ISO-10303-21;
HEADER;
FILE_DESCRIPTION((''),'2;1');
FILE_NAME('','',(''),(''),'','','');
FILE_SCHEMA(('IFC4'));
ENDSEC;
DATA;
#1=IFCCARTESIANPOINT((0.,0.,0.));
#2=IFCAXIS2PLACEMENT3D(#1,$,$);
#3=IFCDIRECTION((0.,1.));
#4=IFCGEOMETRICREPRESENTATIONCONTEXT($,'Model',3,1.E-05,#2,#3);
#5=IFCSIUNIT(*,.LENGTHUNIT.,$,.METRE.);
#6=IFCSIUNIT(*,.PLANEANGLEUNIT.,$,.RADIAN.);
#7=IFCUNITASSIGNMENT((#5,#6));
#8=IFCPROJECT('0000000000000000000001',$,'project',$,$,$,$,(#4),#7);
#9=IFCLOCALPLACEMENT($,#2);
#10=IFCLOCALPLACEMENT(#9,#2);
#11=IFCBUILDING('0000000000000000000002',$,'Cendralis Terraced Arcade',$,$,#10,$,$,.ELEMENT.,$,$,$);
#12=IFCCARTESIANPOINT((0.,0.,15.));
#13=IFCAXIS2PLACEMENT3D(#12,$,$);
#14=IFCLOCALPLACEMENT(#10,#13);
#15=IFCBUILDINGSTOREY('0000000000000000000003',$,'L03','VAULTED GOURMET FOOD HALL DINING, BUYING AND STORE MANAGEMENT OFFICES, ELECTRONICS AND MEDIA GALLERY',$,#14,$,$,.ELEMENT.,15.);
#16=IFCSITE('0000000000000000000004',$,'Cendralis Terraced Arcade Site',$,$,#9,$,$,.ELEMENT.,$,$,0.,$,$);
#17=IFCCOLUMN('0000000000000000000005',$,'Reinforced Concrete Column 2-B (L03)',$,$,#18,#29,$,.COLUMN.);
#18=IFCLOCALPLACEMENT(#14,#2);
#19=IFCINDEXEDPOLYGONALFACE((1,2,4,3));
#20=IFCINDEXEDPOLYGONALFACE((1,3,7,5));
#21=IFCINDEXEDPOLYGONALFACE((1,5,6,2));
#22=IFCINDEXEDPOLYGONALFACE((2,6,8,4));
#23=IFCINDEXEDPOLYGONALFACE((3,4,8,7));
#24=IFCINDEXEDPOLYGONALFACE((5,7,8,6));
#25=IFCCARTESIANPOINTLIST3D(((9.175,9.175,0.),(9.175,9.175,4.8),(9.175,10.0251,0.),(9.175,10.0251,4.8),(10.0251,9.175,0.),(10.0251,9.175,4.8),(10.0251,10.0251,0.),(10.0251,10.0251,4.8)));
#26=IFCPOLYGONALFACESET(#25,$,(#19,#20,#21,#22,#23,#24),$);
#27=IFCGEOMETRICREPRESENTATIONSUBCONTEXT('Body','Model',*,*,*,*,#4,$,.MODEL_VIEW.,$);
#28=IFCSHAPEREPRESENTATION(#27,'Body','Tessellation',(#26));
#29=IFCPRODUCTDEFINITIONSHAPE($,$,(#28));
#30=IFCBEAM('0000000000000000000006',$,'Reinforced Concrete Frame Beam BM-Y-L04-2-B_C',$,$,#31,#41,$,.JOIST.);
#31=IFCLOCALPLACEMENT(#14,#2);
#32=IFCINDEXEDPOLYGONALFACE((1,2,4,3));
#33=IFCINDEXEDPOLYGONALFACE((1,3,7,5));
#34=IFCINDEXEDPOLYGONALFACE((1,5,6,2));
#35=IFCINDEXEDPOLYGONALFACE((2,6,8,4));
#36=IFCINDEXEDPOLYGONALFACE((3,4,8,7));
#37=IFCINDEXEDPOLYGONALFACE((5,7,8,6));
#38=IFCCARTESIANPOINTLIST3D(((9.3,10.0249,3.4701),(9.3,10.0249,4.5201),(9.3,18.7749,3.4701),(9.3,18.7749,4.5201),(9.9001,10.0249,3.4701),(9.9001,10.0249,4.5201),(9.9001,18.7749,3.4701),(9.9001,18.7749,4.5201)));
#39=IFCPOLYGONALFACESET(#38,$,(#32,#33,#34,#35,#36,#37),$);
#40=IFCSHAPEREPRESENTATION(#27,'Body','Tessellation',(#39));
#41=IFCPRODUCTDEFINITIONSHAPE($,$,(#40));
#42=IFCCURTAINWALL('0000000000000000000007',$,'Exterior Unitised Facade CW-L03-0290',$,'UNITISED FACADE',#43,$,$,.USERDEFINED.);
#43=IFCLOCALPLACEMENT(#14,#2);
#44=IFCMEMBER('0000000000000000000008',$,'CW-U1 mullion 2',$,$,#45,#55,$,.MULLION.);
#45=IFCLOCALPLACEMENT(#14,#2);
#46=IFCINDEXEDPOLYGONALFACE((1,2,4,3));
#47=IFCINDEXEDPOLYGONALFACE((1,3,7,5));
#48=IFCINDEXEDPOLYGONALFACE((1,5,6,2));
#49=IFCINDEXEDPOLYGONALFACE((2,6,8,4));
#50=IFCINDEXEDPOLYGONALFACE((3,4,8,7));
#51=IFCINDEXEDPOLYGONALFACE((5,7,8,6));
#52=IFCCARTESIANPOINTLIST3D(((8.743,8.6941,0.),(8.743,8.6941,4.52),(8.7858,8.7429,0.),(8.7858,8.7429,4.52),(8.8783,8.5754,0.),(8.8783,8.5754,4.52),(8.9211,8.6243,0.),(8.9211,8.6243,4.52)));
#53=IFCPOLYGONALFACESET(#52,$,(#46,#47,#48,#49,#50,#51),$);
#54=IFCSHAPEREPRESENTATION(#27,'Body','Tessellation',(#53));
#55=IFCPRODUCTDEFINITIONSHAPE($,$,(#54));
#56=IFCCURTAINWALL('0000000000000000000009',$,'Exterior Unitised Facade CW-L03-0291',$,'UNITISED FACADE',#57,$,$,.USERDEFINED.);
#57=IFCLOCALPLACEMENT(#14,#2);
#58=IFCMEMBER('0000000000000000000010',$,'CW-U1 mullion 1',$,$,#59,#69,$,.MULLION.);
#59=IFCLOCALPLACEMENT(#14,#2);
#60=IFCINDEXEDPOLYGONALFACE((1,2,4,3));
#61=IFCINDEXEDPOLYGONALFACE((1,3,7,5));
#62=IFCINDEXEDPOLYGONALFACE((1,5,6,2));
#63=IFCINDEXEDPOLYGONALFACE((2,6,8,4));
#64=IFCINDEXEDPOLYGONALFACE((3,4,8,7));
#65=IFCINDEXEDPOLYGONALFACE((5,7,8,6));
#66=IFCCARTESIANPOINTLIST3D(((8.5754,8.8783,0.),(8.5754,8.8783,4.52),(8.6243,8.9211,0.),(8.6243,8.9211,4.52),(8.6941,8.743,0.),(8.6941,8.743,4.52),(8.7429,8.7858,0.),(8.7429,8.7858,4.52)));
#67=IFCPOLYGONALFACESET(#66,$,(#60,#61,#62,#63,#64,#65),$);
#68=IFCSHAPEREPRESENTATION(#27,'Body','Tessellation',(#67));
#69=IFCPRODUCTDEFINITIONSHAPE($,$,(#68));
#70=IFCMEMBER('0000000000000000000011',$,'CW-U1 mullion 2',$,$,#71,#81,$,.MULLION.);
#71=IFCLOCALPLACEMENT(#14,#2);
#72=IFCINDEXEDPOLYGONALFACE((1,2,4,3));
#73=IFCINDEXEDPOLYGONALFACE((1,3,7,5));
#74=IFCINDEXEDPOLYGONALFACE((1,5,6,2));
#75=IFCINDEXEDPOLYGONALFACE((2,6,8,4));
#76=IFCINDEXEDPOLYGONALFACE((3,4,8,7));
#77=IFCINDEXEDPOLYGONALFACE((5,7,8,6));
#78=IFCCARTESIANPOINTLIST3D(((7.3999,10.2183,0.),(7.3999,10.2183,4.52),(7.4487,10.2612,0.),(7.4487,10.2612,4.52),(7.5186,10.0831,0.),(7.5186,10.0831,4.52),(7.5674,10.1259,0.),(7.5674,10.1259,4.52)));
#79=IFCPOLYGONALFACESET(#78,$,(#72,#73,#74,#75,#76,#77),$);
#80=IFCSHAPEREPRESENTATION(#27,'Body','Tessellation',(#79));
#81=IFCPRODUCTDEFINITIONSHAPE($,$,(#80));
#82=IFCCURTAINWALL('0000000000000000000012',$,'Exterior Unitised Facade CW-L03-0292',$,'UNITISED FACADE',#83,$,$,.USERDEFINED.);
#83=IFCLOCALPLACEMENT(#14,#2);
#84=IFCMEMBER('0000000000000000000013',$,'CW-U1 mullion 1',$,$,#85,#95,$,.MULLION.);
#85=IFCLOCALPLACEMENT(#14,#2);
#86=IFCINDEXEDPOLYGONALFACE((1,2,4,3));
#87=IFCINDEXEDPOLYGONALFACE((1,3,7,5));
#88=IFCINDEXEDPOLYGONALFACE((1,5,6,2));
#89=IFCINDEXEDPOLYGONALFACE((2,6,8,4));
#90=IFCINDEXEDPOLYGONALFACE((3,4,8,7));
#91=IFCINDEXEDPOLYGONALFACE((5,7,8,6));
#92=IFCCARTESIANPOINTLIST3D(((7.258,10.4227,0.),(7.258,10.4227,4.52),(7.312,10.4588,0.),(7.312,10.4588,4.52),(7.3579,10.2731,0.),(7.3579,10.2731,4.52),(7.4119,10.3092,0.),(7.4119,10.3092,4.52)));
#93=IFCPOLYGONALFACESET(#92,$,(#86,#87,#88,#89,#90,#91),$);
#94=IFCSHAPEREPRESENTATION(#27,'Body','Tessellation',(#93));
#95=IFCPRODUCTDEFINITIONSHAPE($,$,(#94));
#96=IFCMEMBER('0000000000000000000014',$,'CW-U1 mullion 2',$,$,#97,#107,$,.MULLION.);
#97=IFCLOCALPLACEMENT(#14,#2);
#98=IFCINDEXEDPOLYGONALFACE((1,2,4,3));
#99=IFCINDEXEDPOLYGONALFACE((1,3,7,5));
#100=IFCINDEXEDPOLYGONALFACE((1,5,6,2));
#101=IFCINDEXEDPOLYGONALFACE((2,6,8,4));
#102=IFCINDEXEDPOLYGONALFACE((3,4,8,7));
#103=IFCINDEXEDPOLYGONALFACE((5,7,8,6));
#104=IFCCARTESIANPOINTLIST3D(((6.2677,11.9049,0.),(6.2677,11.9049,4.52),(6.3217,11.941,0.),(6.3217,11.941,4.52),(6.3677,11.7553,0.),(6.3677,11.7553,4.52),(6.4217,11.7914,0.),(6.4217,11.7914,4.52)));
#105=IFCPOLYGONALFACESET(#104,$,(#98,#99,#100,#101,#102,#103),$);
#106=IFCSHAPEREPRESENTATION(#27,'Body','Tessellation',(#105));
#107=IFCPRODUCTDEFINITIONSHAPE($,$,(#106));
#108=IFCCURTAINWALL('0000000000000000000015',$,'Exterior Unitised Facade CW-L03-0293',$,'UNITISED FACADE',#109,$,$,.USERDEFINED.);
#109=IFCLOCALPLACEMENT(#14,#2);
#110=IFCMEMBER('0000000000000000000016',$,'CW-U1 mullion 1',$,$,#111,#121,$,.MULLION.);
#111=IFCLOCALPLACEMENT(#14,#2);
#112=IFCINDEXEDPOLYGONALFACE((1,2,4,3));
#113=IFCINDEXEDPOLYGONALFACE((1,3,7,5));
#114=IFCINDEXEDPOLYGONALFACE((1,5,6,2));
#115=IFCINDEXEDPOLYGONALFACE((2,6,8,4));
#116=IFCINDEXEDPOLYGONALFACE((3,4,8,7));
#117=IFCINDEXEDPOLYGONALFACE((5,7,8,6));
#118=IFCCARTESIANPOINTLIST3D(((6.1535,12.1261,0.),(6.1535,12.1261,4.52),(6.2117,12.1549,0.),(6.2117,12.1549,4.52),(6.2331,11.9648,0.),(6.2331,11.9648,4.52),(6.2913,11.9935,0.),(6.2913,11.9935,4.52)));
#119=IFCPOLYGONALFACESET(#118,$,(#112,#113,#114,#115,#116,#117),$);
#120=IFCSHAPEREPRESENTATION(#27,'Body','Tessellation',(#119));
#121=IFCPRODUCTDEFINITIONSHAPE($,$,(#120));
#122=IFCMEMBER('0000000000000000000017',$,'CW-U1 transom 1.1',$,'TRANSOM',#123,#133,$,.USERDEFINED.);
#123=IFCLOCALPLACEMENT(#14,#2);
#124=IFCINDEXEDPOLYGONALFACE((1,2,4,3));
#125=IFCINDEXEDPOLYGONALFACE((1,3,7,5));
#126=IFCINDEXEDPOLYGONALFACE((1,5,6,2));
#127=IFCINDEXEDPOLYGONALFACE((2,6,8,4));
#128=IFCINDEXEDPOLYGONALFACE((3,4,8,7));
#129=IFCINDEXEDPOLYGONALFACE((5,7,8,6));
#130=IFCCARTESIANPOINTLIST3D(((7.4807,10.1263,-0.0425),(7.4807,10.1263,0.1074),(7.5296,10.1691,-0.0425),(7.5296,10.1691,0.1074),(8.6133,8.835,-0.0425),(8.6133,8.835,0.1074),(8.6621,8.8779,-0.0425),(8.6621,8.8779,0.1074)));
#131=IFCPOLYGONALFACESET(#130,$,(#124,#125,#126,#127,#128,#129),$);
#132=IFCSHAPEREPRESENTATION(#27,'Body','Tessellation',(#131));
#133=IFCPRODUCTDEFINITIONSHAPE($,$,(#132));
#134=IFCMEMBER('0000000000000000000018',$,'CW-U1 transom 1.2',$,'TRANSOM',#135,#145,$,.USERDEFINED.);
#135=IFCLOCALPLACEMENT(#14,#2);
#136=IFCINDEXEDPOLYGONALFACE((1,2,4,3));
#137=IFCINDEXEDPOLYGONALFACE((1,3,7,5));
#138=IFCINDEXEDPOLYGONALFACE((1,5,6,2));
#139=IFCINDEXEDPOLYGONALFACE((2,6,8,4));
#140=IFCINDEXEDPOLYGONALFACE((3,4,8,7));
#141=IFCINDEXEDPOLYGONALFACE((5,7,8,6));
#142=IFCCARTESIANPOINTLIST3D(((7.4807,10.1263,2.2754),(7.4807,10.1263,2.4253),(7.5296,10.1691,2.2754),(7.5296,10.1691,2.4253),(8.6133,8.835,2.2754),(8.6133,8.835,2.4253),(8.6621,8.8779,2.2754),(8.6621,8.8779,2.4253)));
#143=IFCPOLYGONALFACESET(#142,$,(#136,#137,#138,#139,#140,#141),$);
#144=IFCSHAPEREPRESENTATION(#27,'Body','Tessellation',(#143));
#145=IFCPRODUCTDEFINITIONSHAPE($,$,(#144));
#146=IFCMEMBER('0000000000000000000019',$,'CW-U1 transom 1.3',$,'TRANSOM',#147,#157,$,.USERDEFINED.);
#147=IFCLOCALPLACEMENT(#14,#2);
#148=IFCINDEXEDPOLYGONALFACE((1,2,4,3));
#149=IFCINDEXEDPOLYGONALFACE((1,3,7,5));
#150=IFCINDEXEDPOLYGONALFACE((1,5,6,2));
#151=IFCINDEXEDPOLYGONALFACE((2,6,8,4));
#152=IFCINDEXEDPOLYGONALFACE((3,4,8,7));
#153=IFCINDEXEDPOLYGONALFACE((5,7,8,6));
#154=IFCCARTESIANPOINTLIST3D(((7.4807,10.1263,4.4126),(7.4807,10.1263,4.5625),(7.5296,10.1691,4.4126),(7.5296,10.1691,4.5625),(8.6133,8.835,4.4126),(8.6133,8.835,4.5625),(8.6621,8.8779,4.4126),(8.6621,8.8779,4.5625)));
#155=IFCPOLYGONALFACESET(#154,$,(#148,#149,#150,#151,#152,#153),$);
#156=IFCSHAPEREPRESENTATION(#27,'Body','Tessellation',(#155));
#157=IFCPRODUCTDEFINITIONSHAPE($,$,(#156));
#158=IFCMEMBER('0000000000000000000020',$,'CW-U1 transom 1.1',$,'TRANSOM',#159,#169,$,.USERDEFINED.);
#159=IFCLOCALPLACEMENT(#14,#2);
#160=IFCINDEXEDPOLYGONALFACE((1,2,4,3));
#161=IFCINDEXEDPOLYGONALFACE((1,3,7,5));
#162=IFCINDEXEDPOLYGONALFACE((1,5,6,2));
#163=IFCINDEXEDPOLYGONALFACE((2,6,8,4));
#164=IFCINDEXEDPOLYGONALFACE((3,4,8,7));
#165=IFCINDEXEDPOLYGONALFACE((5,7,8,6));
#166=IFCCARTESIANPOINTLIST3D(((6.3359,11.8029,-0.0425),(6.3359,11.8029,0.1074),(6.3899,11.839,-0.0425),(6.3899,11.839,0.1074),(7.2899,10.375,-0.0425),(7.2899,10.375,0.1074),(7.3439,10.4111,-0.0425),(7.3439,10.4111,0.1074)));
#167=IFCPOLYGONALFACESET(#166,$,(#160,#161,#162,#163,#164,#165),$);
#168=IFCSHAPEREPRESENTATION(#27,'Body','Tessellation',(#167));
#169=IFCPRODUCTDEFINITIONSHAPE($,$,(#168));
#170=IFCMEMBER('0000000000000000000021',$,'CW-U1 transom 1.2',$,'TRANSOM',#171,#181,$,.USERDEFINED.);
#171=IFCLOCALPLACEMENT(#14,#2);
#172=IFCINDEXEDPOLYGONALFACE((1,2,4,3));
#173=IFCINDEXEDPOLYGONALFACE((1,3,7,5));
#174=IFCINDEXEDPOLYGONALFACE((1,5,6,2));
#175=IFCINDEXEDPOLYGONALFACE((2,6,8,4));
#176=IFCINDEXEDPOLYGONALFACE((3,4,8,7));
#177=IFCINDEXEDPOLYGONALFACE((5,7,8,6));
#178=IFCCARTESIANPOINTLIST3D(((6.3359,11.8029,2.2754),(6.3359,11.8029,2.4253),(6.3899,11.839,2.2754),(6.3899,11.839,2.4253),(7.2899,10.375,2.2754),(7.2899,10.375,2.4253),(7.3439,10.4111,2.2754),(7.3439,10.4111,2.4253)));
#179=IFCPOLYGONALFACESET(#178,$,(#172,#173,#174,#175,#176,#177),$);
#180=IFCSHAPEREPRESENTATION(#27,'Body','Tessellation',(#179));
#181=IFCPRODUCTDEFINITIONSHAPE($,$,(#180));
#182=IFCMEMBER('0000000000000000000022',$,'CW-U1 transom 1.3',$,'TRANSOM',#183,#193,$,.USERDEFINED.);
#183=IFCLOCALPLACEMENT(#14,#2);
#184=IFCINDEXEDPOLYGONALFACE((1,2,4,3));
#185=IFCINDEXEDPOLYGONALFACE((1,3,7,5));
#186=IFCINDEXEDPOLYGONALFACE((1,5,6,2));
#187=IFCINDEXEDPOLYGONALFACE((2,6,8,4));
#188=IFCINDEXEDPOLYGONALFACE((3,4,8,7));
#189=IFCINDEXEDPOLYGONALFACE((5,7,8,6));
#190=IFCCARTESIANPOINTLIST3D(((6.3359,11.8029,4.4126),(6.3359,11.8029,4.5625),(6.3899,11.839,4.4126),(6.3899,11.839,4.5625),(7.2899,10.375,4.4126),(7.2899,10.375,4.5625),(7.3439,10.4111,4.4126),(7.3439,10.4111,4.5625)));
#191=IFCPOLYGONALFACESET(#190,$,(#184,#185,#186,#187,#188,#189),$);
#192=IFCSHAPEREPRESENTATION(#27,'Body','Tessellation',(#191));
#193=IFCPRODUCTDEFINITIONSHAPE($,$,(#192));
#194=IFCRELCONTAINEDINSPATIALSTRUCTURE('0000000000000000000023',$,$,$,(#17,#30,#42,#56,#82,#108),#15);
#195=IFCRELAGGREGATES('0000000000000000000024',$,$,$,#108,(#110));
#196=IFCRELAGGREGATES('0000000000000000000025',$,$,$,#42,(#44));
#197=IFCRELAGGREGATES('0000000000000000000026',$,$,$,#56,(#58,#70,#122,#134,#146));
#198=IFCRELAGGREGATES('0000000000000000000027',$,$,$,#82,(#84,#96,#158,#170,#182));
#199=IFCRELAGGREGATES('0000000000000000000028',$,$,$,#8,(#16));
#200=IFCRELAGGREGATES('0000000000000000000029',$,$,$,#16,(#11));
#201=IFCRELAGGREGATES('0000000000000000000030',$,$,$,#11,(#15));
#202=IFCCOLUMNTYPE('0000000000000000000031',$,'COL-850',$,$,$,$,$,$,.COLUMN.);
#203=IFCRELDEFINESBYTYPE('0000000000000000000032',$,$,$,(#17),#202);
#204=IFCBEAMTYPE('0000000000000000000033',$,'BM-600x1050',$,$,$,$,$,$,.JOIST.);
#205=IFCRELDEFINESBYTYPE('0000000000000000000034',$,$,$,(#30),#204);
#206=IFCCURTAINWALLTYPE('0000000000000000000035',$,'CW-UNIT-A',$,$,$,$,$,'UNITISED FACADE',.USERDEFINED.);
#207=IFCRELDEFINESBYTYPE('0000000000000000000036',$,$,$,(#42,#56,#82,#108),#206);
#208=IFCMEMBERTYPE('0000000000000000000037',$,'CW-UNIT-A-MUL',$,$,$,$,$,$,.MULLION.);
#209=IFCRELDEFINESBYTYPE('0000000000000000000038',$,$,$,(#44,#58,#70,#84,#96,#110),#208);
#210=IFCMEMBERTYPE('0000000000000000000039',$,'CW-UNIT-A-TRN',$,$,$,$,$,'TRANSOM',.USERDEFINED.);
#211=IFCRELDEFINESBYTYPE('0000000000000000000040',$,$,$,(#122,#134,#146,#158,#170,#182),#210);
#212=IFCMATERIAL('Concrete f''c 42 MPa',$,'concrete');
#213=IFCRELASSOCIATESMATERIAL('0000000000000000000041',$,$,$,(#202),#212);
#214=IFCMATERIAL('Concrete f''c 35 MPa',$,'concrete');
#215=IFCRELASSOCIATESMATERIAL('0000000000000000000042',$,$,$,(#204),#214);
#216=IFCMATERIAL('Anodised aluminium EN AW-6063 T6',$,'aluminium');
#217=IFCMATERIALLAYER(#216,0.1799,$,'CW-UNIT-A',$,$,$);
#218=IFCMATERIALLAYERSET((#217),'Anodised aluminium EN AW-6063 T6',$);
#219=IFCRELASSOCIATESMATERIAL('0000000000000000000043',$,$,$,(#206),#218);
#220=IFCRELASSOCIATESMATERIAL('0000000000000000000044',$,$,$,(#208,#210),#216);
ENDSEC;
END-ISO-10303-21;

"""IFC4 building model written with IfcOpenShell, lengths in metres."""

from ifc_helpers import new_model, si_unit, direction, frame, origin, origin_2d, place, context, subcontext, project, spatial, rectangle, extrude, material, layer, layer_set, material_profile, profile_set, type_object, element, aggregate, save


model = new_model("IFC4")

# Units and contexts
model_context = context("Model", 3, precision=1e-05, world=origin(), true_north=direction((0.0, 1.0)))
body_context = subcontext(model_context, "Body", "Model", "MODEL_VIEW")
ifc_project = project(units=[si_unit("LENGTHUNIT", "METRE"), si_unit("PLANEANGLEUNIT", "RADIAN")], contexts=[model_context])

# Site, building, storey
site_placement = place(None, origin())
site = spatial("IfcSite", under=ifc_project, at=site_placement, Name="Cendralis Terraced Arcade Site", CompositionType="ELEMENT", RefElevation=0.0)
building_placement = place(site_placement, origin())
building = spatial("IfcBuilding", under=site, at=building_placement, Name="Cendralis Terraced Arcade", CompositionType="ELEMENT")
storey_placement = place(building_placement, frame((0.0, 0.0, 15.0)))
storey = spatial("IfcBuildingStorey", under=building, at=storey_placement, Name="L03", Description="VAULTED GOURMET FOOD HALL DINING, BUYING AND STORE MANAGEMENT OFFICES, ELECTRONICS AND MEDIA GALLERY", CompositionType="ELEMENT", Elevation=15.0)

# Column
ifc_material_1 = material(Name="Concrete f'c 42 MPa", Category="concrete")
ifc_material_profile_1 = material_profile(ifc_material_1, rectangle(XDim=0.8501, YDim=0.8501, at=origin_2d()), Name="RC-COL-850x850", Category="LoadBearing")
ifc_profile_set_1 = profile_set([ifc_material_profile_1], Name="Concrete f'c 42 MPa")
column_type = type_object("IfcColumnType", Name="COL-850", PredefinedType="COLUMN", material=ifc_profile_set_1)
column_placement = place(storey_placement, frame((9.6001, 9.6001, 0.0), z_axis=(0.0, 0.0, 1.0), x_axis=(1.0, 0.0, 0.0)))
element("IfcColumn", 1, at=column_placement, inside=storey, type_object=column_type, Name="Reinforced Concrete Column 2-B (L03)", PredefinedType="COLUMN", context=body_context, shape_type="SweptSolid", body=[
    extrude(rectangle(XDim=0.8501, YDim=0.8501, at=origin_2d()), origin(), (0.0, 0.0, 1.0), 4.8),
])

# Beam
ifc_material_2 = material(Name="Concrete f'c 35 MPa", Category="concrete")
ifc_material_profile_2 = material_profile(ifc_material_2, rectangle(XDim=0.6001, YDim=1.05, at=origin_2d()), Name="RC-BM-600x1050", Category="LoadBearing")
ifc_profile_set_2 = profile_set([ifc_material_profile_2], Name="Concrete f'c 35 MPa")
beam_type = type_object("IfcBeamType", Name="BM-600x1050", PredefinedType="JOIST", material=ifc_profile_set_2)
beam_placement = place(storey_placement, frame((9.6001, 10.0249, 3.9951), z_axis=(0.0, 1.0, 0.0), x_axis=(-1.0, 0.0, 0.0)))
element("IfcBeam", 2, at=beam_placement, inside=storey, type_object=beam_type, Name="Reinforced Concrete Frame Beam BM-Y-L04-2-B_C", PredefinedType="JOIST", context=body_context, shape_type="SweptSolid", body=[
    extrude(rectangle(XDim=0.6001, YDim=1.05, at=origin_2d()), origin(), (0.0, 0.0, 1.0), 8.75),
])

# Curtain wall, member
ifc_material_3 = material(Name="Anodised aluminium EN AW-6063 T6", Category="aluminium")
ifc_layer_1 = layer(ifc_material_3, 0.1799, Name="CW-UNIT-A")
ifc_layer_set_1 = layer_set([ifc_layer_1], Name="Anodised aluminium EN AW-6063 T6")
curtain_wall_type = type_object("IfcCurtainWallType", Name="CW-UNIT-A", ElementType="UNITISED FACADE", PredefinedType="USERDEFINED", material=ifc_layer_set_1)
curtain_wall_1_placement = place(storey_placement, origin())
curtain_wall_1 = element("IfcCurtainWall", 3, at=curtain_wall_1_placement, inside=storey, type_object=curtain_wall_type, Name="Exterior Unitised Facade CW-L03-0290", ObjectType="UNITISED FACADE", PredefinedType="USERDEFINED")
ifc_material_profile_3 = material_profile(ifc_material_3, rectangle(XDim=0.0649, YDim=0.1799, at=origin_2d()), Name="ALU-MUL-65x180")
ifc_profile_set_3 = profile_set([ifc_material_profile_3], Name="Anodised aluminium EN AW-6063 T6")
member_type_1 = type_object("IfcMemberType", Name="CW-UNIT-A-MUL", PredefinedType="MULLION", material=ifc_profile_set_3)
member_1_placement = place(storey_placement, frame((8.832, 8.6592, 0.0), z_axis=(0.0, 0.0, 1.0), x_axis=(-0.65937, -0.751818, 0.0)))
member_1 = element("IfcMember", 4, at=member_1_placement, type_object=member_type_1, Name="CW-U1 mullion 2", PredefinedType="MULLION", context=body_context, shape_type="SweptSolid", body=[
    extrude(rectangle(XDim=0.0649, YDim=0.1799, at=origin_2d()), origin(), (0.0, 0.0, 1.0), 4.52),
])

# Curtain walls, members
curtain_wall_2_placement = place(storey_placement, origin())
curtain_wall_2 = element("IfcCurtainWall", 5, at=curtain_wall_2_placement, inside=storey, type_object=curtain_wall_type, Name="Exterior Unitised Facade CW-L03-0291", ObjectType="UNITISED FACADE", PredefinedType="USERDEFINED")
member_2_placement = place(storey_placement, frame((8.6592, 8.832, 0.0), z_axis=(0.0, 0.0, 1.0), x_axis=(-0.751818, -0.65937, 0.0)))
member_2 = element("IfcMember", 6, at=member_2_placement, type_object=member_type_1, Name="CW-U1 mullion 1", PredefinedType="MULLION", context=body_context, shape_type="SweptSolid", body=[
    extrude(rectangle(XDim=0.0649, YDim=0.1799, at=origin_2d()), origin(), (0.0, 0.0, 1.0), 4.52),
])
member_3_placement = place(storey_placement, frame((7.4836, 10.1721, 0.0), z_axis=(0.0, 0.0, 1.0), x_axis=(-0.751818, -0.65937, 0.0)))
member_3 = element("IfcMember", 7, at=member_3_placement, type_object=member_type_1, Name="CW-U1 mullion 2", PredefinedType="MULLION", context=body_context, shape_type="SweptSolid", body=[
    extrude(rectangle(XDim=0.0649, YDim=0.1799, at=origin_2d()), origin(), (0.0, 0.0, 1.0), 4.52),
])
curtain_wall_3_placement = place(storey_placement, origin())
curtain_wall_3 = element("IfcCurtainWall", 8, at=curtain_wall_3_placement, inside=storey, type_object=curtain_wall_type, Name="Exterior Unitised Facade CW-L03-0292", ObjectType="UNITISED FACADE", PredefinedType="USERDEFINED")
member_4_placement = place(storey_placement, frame((7.335, 10.366, 0.0), z_axis=(0.0, 0.0, 1.0), x_axis=(-0.831484, -0.555549, 0.0)))
member_4 = element("IfcMember", 9, at=member_4_placement, type_object=member_type_1, Name="CW-U1 mullion 1", PredefinedType="MULLION", context=body_context, shape_type="SweptSolid", body=[
    extrude(rectangle(XDim=0.0649, YDim=0.1799, at=origin_2d()), origin(), (0.0, 0.0, 1.0), 4.52),
])
member_5_placement = place(storey_placement, frame((6.3447, 11.8481, 0.0), z_axis=(0.0, 0.0, 1.0), x_axis=(-0.831484, -0.555549, 0.0)))
member_5 = element("IfcMember", 10, at=member_5_placement, type_object=member_type_1, Name="CW-U1 mullion 2", PredefinedType="MULLION", context=body_context, shape_type="SweptSolid", body=[
    extrude(rectangle(XDim=0.0649, YDim=0.1799, at=origin_2d()), origin(), (0.0, 0.0, 1.0), 4.52),
])

# Curtain wall, member
curtain_wall_4_placement = place(storey_placement, origin())
curtain_wall_4 = element("IfcCurtainWall", 11, at=curtain_wall_4_placement, inside=storey, type_object=curtain_wall_type, Name="Exterior Unitised Facade CW-L03-0293", ObjectType="UNITISED FACADE", PredefinedType="USERDEFINED")
member_6_placement = place(storey_placement, frame((6.2224, 12.0598, 0.0), z_axis=(0.0, 0.0, 1.0), x_axis=(-0.896882, -0.44227, 0.0)))
member_6 = element("IfcMember", 12, at=member_6_placement, type_object=member_type_1, Name="CW-U1 mullion 1", PredefinedType="MULLION", context=body_context, shape_type="SweptSolid", body=[
    extrude(rectangle(XDim=0.0649, YDim=0.1799, at=origin_2d()), origin(), (0.0, 0.0, 1.0), 4.52),
])

# Members
ifc_material_profile_4 = material_profile(ifc_material_3, rectangle(XDim=0.0649, YDim=0.1499, at=origin_2d()), Name="ALU-TRN-65x150")
ifc_profile_set_4 = profile_set([ifc_material_profile_4], Name="Anodised aluminium EN AW-6063 T6")
member_type_2 = type_object("IfcMemberType", Name="CW-UNIT-A-TRN", ElementType="TRANSOM", PredefinedType="USERDEFINED", material=ifc_profile_set_4)
member_7_placement = place(storey_placement, frame((8.6377, 8.8564, 0.0325), z_axis=(-0.6594, 0.751792, 0.0), x_axis=(-0.751792, -0.6594, 0.0)))
member_7 = element("IfcMember", 13, at=member_7_placement, type_object=member_type_2, Name="CW-U1 transom 1.1", ObjectType="TRANSOM", PredefinedType="USERDEFINED", context=body_context, shape_type="SweptSolid", body=[
    extrude(rectangle(XDim=0.0649, YDim=0.1499, at=origin_2d()), origin(), (0.0, 0.0, 1.0), 1.7175),
])
member_8_placement = place(storey_placement, frame((8.6377, 8.8564, 2.3503), z_axis=(-0.6594, 0.751792, 0.0), x_axis=(-0.751792, -0.6594, 0.0)))
member_8 = element("IfcMember", 14, at=member_8_placement, type_object=member_type_2, Name="CW-U1 transom 1.2", ObjectType="TRANSOM", PredefinedType="USERDEFINED", context=body_context, shape_type="SweptSolid", body=[
    extrude(rectangle(XDim=0.0649, YDim=0.1499, at=origin_2d()), origin(), (0.0, 0.0, 1.0), 1.7175),
])
member_9_placement = place(storey_placement, frame((8.6377, 8.8564, 4.4875), z_axis=(-0.6594, 0.751792, 0.0), x_axis=(-0.751792, -0.6594, 0.0)))
member_9 = element("IfcMember", 15, at=member_9_placement, type_object=member_type_2, Name="CW-U1 transom 1.3", ObjectType="TRANSOM", PredefinedType="USERDEFINED", context=body_context, shape_type="SweptSolid", body=[
    extrude(rectangle(XDim=0.0649, YDim=0.1499, at=origin_2d()), origin(), (0.0, 0.0, 1.0), 1.7175),
])
member_10_placement = place(storey_placement, frame((7.3169, 10.3931, 0.0325), z_axis=(-0.555553, 0.831481, 0.0), x_axis=(-0.831481, -0.555553, 0.0)))
member_10 = element("IfcMember", 16, at=member_10_placement, type_object=member_type_2, Name="CW-U1 transom 1.1", ObjectType="TRANSOM", PredefinedType="USERDEFINED", context=body_context, shape_type="SweptSolid", body=[
    extrude(rectangle(XDim=0.0649, YDim=0.1499, at=origin_2d()), origin(), (0.0, 0.0, 1.0), 1.7173),
])
member_11_placement = place(storey_placement, frame((7.3169, 10.3931, 2.3503), z_axis=(-0.555553, 0.831481, 0.0), x_axis=(-0.831481, -0.555553, 0.0)))
member_11 = element("IfcMember", 17, at=member_11_placement, type_object=member_type_2, Name="CW-U1 transom 1.2", ObjectType="TRANSOM", PredefinedType="USERDEFINED", context=body_context, shape_type="SweptSolid", body=[
    extrude(rectangle(XDim=0.0649, YDim=0.1499, at=origin_2d()), origin(), (0.0, 0.0, 1.0), 1.7173),
])
member_12_placement = place(storey_placement, frame((7.3169, 10.3931, 4.4875), z_axis=(-0.555553, 0.831481, 0.0), x_axis=(-0.831481, -0.555553, 0.0)))
member_12 = element("IfcMember", 18, at=member_12_placement, type_object=member_type_2, Name="CW-U1 transom 1.3", ObjectType="TRANSOM", PredefinedType="USERDEFINED", context=body_context, shape_type="SweptSolid", body=[
    extrude(rectangle(XDim=0.0649, YDim=0.1499, at=origin_2d()), origin(), (0.0, 0.0, 1.0), 1.7173),
])
aggregate(curtain_wall_4, [member_6])

aggregate(curtain_wall_1, [member_1])
aggregate(curtain_wall_2, [member_2, member_3, member_7, member_8, member_9])
aggregate(curtain_wall_3, [member_4, member_5, member_10, member_11, member_12])

save(model, "model.ifc")
